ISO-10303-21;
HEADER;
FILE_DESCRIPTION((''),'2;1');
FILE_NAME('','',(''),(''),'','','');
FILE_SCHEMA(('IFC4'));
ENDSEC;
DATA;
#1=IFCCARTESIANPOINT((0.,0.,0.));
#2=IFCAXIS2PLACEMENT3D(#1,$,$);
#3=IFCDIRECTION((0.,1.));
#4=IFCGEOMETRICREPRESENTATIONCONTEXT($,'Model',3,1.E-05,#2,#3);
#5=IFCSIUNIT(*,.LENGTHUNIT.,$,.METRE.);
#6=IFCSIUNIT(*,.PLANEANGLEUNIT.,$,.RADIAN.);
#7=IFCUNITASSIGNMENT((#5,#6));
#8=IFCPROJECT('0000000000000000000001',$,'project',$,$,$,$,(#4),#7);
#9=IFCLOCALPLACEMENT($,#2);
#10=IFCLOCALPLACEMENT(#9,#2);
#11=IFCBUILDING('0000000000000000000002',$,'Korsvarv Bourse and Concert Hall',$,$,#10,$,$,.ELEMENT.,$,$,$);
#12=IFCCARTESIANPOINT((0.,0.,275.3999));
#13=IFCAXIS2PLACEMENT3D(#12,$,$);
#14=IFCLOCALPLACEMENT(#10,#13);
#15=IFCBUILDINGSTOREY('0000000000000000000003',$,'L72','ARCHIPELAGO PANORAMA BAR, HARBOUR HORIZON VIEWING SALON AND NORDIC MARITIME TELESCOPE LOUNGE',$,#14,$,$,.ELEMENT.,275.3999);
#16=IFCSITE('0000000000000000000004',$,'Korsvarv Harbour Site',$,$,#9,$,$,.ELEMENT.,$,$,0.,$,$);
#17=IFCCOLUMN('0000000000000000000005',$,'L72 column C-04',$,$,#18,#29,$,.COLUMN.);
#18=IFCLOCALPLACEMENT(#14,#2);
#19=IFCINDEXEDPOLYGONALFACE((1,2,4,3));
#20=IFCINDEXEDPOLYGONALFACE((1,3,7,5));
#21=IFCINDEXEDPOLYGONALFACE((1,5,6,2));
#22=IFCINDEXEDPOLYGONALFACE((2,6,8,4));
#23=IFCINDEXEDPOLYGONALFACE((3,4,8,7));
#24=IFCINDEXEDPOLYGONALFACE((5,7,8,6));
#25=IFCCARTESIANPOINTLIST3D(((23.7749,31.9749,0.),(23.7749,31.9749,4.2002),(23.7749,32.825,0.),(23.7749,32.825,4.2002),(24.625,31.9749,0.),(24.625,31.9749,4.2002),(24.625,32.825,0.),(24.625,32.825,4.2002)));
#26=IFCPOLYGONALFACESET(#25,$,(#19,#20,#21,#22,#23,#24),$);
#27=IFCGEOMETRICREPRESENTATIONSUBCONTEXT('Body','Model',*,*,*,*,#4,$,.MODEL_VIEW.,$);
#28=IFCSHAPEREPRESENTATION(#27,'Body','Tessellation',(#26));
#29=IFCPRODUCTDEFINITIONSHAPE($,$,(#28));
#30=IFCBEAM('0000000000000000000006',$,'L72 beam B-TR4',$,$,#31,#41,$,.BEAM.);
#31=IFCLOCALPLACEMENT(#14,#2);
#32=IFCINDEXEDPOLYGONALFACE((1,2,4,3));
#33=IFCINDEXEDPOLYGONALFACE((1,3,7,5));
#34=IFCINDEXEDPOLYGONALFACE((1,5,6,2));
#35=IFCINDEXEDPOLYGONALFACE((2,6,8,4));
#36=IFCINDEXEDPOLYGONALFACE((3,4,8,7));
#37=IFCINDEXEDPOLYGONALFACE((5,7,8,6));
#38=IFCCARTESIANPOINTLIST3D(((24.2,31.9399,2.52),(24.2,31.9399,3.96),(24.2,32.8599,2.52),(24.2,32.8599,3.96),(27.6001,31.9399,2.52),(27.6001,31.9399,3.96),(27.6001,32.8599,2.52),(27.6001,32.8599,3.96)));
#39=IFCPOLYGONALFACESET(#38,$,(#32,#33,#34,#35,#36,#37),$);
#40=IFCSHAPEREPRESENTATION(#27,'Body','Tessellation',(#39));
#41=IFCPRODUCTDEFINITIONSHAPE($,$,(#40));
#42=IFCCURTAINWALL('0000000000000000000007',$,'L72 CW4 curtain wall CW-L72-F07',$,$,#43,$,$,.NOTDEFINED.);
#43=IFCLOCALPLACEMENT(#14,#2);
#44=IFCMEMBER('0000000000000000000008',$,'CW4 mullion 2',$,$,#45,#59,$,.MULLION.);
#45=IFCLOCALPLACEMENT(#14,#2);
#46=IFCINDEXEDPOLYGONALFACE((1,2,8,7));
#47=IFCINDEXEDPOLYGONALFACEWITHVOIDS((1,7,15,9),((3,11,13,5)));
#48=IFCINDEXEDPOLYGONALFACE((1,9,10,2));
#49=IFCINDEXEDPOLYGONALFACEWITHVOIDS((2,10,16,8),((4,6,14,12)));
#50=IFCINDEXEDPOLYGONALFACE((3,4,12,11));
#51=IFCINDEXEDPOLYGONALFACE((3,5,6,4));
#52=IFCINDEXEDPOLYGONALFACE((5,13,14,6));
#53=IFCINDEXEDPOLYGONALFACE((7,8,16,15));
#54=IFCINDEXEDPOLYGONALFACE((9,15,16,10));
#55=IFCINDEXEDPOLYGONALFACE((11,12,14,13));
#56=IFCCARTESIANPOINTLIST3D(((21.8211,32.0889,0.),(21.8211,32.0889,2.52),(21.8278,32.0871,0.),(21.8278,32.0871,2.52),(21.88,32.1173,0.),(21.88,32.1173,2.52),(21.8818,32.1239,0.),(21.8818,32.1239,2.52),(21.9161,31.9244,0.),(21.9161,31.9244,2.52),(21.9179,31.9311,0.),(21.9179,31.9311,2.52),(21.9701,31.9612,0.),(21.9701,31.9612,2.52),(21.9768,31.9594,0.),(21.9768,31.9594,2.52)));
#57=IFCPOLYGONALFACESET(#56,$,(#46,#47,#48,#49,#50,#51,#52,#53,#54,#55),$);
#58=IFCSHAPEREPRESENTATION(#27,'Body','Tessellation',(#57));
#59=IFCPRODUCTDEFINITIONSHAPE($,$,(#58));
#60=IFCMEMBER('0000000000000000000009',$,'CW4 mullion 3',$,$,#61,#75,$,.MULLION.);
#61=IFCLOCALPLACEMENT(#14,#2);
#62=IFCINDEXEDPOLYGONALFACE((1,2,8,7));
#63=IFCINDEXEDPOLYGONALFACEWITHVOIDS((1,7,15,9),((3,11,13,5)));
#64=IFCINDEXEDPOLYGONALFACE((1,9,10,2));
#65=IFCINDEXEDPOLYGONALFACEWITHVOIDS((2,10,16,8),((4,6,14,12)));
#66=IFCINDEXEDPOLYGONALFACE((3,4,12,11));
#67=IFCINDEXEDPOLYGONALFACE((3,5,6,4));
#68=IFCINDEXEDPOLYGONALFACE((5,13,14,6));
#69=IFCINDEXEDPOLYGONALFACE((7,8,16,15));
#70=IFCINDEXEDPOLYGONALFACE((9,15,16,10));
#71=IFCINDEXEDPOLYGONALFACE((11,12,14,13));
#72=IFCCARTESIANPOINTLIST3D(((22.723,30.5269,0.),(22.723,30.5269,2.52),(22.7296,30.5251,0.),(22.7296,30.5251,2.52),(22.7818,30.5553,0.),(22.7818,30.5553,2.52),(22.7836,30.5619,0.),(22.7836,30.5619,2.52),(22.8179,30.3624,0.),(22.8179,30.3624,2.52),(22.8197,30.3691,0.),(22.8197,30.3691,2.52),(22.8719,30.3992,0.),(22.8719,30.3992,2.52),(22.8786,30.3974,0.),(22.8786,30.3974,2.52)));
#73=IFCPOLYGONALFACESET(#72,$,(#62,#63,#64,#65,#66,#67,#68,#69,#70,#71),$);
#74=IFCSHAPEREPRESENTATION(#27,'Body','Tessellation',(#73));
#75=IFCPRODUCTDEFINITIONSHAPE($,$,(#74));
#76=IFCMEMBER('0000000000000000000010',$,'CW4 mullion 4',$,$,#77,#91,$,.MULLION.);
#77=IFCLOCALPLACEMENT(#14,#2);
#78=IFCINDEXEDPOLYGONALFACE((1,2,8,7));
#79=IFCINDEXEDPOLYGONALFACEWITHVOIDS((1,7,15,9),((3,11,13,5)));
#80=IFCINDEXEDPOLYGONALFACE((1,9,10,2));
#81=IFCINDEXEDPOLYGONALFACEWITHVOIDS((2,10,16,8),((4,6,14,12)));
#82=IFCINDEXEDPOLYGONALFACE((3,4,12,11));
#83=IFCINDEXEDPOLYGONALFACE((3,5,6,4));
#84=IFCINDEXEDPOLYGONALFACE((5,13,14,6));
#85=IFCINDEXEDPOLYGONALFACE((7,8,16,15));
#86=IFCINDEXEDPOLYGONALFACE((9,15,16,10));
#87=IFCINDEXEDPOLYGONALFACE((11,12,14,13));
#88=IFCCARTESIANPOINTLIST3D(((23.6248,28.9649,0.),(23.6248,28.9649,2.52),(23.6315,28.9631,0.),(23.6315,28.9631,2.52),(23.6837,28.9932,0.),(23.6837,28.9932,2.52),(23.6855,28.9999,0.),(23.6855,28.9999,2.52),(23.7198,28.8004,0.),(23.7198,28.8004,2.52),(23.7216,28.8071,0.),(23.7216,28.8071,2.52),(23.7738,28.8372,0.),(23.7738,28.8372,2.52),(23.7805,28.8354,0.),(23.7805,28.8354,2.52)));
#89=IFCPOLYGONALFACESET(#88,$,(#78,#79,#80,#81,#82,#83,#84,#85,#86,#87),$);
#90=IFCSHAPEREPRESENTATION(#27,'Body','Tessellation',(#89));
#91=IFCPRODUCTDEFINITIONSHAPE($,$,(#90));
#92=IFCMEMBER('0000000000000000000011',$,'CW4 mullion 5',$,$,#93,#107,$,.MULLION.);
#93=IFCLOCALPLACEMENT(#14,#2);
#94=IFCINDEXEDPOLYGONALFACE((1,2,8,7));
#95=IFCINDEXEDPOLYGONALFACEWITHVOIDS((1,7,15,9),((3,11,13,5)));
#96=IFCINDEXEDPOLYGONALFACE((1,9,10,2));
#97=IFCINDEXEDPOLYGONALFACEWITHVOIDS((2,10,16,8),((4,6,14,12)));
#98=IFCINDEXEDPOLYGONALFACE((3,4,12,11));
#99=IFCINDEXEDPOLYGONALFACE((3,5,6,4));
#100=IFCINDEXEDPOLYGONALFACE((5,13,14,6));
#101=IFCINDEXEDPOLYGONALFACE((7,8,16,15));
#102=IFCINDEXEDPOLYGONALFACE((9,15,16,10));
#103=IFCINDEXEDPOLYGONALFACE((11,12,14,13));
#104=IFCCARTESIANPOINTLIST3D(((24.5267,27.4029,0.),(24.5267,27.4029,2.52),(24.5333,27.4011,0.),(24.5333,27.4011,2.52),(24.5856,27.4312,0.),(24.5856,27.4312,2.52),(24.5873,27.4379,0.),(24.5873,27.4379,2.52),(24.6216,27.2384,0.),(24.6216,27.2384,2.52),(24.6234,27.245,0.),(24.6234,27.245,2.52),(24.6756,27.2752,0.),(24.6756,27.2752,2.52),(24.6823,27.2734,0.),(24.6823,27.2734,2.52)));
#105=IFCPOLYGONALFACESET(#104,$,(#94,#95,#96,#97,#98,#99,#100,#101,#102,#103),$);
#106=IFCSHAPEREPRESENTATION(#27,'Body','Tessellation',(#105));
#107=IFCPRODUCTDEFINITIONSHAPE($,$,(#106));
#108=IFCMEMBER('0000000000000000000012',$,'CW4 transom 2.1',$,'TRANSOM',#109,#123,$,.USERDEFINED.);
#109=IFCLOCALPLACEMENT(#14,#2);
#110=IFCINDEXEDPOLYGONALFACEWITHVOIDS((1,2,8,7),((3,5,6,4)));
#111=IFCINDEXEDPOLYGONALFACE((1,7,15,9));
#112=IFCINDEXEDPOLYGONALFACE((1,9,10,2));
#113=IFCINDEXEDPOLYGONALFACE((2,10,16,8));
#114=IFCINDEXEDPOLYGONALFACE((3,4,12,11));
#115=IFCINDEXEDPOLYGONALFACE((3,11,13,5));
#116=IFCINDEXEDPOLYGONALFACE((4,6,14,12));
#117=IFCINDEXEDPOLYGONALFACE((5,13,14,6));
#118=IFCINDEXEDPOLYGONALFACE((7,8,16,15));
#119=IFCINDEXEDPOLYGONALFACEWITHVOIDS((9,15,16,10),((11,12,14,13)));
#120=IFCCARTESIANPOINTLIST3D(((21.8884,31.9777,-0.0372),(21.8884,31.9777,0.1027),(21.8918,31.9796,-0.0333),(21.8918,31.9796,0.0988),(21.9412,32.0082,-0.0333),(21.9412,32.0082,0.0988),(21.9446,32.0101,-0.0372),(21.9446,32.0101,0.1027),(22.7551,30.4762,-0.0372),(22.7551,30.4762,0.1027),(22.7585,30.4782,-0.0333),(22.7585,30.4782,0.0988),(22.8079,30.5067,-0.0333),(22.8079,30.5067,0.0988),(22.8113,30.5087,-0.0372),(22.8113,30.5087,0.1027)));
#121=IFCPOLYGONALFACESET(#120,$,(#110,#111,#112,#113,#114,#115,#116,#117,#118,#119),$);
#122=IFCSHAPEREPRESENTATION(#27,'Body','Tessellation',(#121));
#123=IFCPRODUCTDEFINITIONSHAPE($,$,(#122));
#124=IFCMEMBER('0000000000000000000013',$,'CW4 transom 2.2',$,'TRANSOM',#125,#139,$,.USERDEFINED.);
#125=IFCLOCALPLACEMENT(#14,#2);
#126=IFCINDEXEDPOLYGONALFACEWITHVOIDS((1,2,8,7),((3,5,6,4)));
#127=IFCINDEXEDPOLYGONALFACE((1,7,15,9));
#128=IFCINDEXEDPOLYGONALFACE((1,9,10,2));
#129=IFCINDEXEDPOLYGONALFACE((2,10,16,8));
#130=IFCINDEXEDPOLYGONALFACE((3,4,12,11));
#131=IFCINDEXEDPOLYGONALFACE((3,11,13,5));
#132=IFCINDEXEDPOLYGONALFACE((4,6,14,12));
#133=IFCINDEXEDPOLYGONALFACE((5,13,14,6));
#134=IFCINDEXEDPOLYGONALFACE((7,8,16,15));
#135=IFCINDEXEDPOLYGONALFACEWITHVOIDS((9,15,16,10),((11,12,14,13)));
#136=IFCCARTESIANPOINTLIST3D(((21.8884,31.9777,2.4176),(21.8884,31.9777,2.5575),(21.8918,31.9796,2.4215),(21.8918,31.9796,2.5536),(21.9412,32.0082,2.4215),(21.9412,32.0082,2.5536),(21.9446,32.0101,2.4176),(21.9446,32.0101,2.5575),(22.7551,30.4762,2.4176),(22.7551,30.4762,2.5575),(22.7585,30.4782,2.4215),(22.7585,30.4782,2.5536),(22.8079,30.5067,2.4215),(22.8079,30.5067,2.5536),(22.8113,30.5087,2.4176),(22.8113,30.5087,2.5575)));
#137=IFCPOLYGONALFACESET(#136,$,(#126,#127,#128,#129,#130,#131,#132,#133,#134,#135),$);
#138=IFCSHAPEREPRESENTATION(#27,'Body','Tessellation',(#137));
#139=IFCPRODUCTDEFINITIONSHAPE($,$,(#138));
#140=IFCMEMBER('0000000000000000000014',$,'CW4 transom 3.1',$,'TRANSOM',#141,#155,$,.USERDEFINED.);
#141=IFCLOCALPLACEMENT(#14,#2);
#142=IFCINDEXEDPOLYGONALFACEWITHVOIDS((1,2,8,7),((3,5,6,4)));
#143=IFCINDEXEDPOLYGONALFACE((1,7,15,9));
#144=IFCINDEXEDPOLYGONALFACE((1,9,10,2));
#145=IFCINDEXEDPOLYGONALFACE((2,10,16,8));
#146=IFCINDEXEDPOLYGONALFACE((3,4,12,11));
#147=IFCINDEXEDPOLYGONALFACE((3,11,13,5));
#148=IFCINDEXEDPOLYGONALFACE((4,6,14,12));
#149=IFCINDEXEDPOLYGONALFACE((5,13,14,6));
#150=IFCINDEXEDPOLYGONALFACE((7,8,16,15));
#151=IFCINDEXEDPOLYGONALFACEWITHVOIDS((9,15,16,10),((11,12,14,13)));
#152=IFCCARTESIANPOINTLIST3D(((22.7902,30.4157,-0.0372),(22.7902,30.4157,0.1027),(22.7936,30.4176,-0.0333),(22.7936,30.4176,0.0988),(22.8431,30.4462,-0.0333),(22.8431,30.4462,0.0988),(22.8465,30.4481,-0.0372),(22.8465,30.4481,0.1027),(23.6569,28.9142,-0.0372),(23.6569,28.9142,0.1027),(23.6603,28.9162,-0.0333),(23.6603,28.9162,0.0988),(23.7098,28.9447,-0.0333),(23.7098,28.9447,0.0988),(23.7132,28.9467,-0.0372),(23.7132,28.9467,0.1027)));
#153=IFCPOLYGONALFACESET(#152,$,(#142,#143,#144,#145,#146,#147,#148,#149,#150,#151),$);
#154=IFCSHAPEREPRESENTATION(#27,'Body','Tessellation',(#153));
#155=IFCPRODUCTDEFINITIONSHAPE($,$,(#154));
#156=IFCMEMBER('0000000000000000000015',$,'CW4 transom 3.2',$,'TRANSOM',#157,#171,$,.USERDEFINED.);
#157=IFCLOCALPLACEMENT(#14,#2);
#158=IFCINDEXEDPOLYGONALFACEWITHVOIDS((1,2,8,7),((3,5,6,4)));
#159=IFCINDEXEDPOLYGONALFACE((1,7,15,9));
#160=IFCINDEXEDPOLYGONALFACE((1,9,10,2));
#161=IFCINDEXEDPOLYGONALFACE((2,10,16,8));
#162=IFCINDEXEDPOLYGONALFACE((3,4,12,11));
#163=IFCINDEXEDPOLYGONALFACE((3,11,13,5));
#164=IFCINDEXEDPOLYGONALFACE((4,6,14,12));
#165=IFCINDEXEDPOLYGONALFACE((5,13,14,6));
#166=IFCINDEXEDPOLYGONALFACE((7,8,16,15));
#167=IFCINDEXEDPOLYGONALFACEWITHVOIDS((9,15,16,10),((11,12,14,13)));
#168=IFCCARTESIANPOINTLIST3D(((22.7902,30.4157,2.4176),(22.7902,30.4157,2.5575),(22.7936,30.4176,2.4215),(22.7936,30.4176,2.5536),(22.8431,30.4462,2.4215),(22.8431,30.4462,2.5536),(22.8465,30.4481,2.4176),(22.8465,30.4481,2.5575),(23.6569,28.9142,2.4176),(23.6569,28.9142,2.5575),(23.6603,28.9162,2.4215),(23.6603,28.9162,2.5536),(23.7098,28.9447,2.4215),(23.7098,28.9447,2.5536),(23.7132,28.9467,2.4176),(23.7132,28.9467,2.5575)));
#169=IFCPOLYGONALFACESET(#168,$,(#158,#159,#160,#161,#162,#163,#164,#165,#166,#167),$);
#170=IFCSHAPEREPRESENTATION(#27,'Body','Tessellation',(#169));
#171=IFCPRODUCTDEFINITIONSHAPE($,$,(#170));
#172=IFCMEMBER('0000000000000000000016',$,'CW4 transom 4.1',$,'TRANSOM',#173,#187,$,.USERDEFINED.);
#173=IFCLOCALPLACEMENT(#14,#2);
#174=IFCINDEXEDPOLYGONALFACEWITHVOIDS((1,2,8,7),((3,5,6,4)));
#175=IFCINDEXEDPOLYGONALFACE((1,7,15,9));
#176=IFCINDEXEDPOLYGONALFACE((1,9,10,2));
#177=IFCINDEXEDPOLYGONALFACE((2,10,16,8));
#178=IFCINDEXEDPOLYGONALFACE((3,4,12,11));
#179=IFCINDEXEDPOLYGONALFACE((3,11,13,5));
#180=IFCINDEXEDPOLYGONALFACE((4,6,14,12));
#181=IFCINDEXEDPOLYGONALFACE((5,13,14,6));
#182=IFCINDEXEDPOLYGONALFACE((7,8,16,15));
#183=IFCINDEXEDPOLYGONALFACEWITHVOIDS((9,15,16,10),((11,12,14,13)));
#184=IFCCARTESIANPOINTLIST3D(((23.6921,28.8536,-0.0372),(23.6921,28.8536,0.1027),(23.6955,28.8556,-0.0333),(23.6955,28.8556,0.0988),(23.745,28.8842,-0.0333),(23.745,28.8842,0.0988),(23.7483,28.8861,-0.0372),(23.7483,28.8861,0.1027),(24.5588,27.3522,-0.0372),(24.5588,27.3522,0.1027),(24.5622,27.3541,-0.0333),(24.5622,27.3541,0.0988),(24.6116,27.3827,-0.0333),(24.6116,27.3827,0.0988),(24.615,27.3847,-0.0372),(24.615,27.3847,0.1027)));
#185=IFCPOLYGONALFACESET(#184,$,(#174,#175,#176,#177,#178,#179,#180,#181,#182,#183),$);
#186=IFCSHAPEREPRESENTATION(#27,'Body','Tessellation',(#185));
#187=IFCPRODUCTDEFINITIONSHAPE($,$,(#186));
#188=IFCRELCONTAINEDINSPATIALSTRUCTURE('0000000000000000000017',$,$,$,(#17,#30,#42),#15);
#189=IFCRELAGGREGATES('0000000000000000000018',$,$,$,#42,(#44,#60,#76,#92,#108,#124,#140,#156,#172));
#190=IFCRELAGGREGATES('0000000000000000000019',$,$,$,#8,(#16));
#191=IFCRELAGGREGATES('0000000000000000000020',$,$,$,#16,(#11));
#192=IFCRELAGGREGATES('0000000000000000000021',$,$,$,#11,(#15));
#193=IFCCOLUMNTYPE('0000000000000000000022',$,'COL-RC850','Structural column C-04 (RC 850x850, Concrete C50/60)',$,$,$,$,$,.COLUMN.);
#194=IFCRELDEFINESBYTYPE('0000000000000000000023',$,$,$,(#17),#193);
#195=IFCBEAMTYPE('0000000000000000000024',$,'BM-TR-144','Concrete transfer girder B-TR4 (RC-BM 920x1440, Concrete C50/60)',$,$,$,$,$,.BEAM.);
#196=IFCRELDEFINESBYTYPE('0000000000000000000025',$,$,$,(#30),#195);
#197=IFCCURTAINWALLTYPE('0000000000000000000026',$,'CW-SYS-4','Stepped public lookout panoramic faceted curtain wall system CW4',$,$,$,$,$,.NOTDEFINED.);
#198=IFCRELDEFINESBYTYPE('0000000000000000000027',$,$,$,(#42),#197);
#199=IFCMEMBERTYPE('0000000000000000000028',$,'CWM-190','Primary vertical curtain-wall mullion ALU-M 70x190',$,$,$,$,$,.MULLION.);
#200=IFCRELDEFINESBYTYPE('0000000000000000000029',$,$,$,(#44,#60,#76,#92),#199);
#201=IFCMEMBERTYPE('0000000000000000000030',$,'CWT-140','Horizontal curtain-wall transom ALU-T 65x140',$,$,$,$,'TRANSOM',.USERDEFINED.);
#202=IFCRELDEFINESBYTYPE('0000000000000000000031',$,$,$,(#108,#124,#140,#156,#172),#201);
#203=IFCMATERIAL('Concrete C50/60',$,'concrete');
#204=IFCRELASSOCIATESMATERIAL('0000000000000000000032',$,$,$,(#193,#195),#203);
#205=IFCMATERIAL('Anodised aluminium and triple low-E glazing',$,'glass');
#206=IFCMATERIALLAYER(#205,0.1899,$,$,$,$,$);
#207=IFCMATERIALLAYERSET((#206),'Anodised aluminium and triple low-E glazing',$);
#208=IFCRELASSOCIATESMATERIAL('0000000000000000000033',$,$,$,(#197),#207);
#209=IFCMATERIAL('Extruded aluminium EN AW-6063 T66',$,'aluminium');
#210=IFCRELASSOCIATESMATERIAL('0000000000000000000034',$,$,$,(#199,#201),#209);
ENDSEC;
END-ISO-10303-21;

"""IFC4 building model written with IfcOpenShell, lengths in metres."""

from ifc_helpers import new_model, si_unit, direction, frame, origin, origin_2d, place, context, subcontext, project, spatial, rectangle, hollow_rectangle, extrude, source, transform, mapped, material, layer, layer_set, material_profile, profile_set, type_object, element, aggregate, save


model = new_model("IFC4")

# Units and contexts
model_context = context("Model", 3, precision=1e-05, world=origin(), true_north=direction((0.0, 1.0)))
body_context = subcontext(model_context, "Body", "Model", "MODEL_VIEW")
ifc_project = project(units=[si_unit("LENGTHUNIT", "METRE"), si_unit("PLANEANGLEUNIT", "RADIAN")], contexts=[model_context])

# Site, building, storey
site_placement = place(None, origin())
site = spatial("IfcSite", under=ifc_project, at=site_placement, Name="Korsvarv Harbour Site", CompositionType="ELEMENT", RefElevation=0.0)
building_placement = place(site_placement, origin())
building = spatial("IfcBuilding", under=site, at=building_placement, Name="Korsvarv Bourse and Concert Hall", CompositionType="ELEMENT")
storey_placement = place(building_placement, frame((0.0, 0.0, 275.3999)))
storey = spatial("IfcBuildingStorey", under=building, at=storey_placement, Name="L72", Description="ARCHIPELAGO PANORAMA BAR, HARBOUR HORIZON VIEWING SALON AND NORDIC MARITIME TELESCOPE LOUNGE", CompositionType="ELEMENT", Elevation=275.3999)

# Column
ifc_material_1 = material(Name="Concrete C50/60", Category="concrete")
ifc_material_profile_1 = material_profile(ifc_material_1, rectangle(XDim=0.8501, YDim=0.8501, at=origin_2d()), Name="RC 850x850")
ifc_profile_set_1 = profile_set([ifc_material_profile_1], Name="Concrete C50/60")
column_type = type_object("IfcColumnType", Name="COL-RC850", Description="Structural column C-04 (RC 850x850, Concrete C50/60)", PredefinedType="COLUMN", material=ifc_profile_set_1)
shared_shape_1 = source(origin(), body_context, "Body", "SweptSolid", [
    extrude(rectangle(XDim=0.8501, YDim=0.8501, at=origin_2d()), origin(), (0.0, 0.0, 1.0), 4.2002),
])
column_placement = place(storey_placement, frame((24.2, 32.3999, 0.0), z_axis=(0.0, 0.0, 1.0), x_axis=(1.0, 0.0, 0.0)))
element("IfcColumn", 1, at=column_placement, inside=storey, type_object=column_type, Name="L72 column C-04", PredefinedType="COLUMN", context=body_context, shape_type="MappedRepresentation", body=[
    mapped(shared_shape_1, transform((0.0, 0.0, 0.0), scale=1.0)),
])

# Beam
ifc_material_profile_2 = material_profile(ifc_material_1, rectangle(XDim=0.9199, YDim=1.4399, at=origin_2d()), Name="RC-BM 920x1440")
ifc_profile_set_2 = profile_set([ifc_material_profile_2], Name="Concrete C50/60")
beam_type = type_object("IfcBeamType", Name="BM-TR-144", Description="Concrete transfer girder B-TR4 (RC-BM 920x1440, Concrete C50/60)", PredefinedType="BEAM", material=ifc_profile_set_2)
shared_shape_2 = source(origin(), body_context, "Body", "SweptSolid", [
    extrude(rectangle(XDim=0.9199, YDim=1.4399, at=origin_2d()), origin(), (0.0, 0.0, 1.0), 3.4001),
])
beam_placement = place(storey_placement, frame((24.2, 32.3999, 3.24), z_axis=(1.0, 0.0, 0.0), x_axis=(0.0, 1.0, 0.0)))
element("IfcBeam", 2, at=beam_placement, inside=storey, type_object=beam_type, Name="L72 beam B-TR4", PredefinedType="BEAM", context=body_context, shape_type="MappedRepresentation", body=[
    mapped(shared_shape_2, transform((0.0, 0.0, 0.0), scale=1.0)),
])

# Curtain wall, members
ifc_material_2 = material(Name="Anodised aluminium and triple low-E glazing", Category="glass")
ifc_layer_1 = layer(ifc_material_2, 0.1899)
ifc_layer_set_1 = layer_set([ifc_layer_1], Name="Anodised aluminium and triple low-E glazing")
curtain_wall_type = type_object("IfcCurtainWallType", Name="CW-SYS-4", Description="Stepped public lookout panoramic faceted curtain wall system CW4", PredefinedType="NOTDEFINED", material=ifc_layer_set_1)
curtain_wall_placement = place(storey_placement, origin())
curtain_wall = element("IfcCurtainWall", 3, at=curtain_wall_placement, inside=storey, type_object=curtain_wall_type, Name="L72 CW4 curtain wall CW-L72-F07", PredefinedType="NOTDEFINED")
ifc_material_3 = material(Name="Extruded aluminium EN AW-6063 T66", Category="aluminium")
ifc_material_profile_3 = material_profile(ifc_material_3, hollow_rectangle(XDim=0.0701, YDim=0.1899, WallThickness=0.0049, at=origin_2d()), Name="ALU-M 70x190")
ifc_profile_set_3 = profile_set([ifc_material_profile_3], Name="Extruded aluminium EN AW-6063 T66")
member_type_1 = type_object("IfcMemberType", Name="CWM-190", Description="Primary vertical curtain-wall mullion ALU-M 70x190", PredefinedType="MULLION", material=ifc_profile_set_3)
shared_shape_3 = source(origin(), body_context, "Body", "SweptSolid", [
    extrude(hollow_rectangle(XDim=0.0701, YDim=0.1899, WallThickness=0.0049, at=origin_2d()), origin(), (0.0, 0.0, 1.0), 2.52),
])
member_1_placement = place(storey_placement, frame((21.8989, 32.0242, 0.0), z_axis=(0.0, 0.0, 1.0), x_axis=(0.866023, 0.500004, 0.0)))
member_1 = element("IfcMember", 4, at=member_1_placement, type_object=member_type_1, Name="CW4 mullion 2", PredefinedType="MULLION", context=body_context, shape_type="MappedRepresentation", body=[
    mapped(shared_shape_3, transform((0.0, 0.0, 0.0), scale=1.0)),
])
member_2_placement = place(storey_placement, frame((22.8008, 30.4622, 0.0), z_axis=(0.0, 0.0, 1.0), x_axis=(0.866023, 0.500004, 0.0)))
member_2 = element("IfcMember", 5, at=member_2_placement, type_object=member_type_1, Name="CW4 mullion 3", PredefinedType="MULLION", context=body_context, shape_type="MappedRepresentation", body=[
    mapped(shared_shape_3, transform((0.0, 0.0, 0.0), scale=1.0)),
])
member_3_placement = place(storey_placement, frame((23.7026, 28.9001, 0.0), z_axis=(0.0, 0.0, 1.0), x_axis=(0.866023, 0.500004, 0.0)))
member_3 = element("IfcMember", 6, at=member_3_placement, type_object=member_type_1, Name="CW4 mullion 4", PredefinedType="MULLION", context=body_context, shape_type="MappedRepresentation", body=[
    mapped(shared_shape_3, transform((0.0, 0.0, 0.0), scale=1.0)),
])
member_4_placement = place(storey_placement, frame((24.6045, 27.3381, 0.0), z_axis=(0.0, 0.0, 1.0), x_axis=(0.866023, 0.500004, 0.0)))
member_4 = element("IfcMember", 7, at=member_4_placement, type_object=member_type_1, Name="CW4 mullion 5", PredefinedType="MULLION", context=body_context, shape_type="MappedRepresentation", body=[
    mapped(shared_shape_3, transform((0.0, 0.0, 0.0), scale=1.0)),
])
ifc_material_profile_4 = material_profile(ifc_material_3, hollow_rectangle(XDim=0.0649, YDim=0.1399, WallThickness=0.0039, at=origin_2d()), Name="ALU-T 65x140")
ifc_profile_set_4 = profile_set([ifc_material_profile_4], Name="Extruded aluminium EN AW-6063 T66")
member_type_2 = type_object("IfcMemberType", Name="CWT-140", Description="Horizontal curtain-wall transom ALU-T 65x140", ElementType="TRANSOM", PredefinedType="USERDEFINED", material=ifc_profile_set_4)
shared_shape_4 = source(origin(), body_context, "Body", "SweptSolid", [
    extrude(hollow_rectangle(XDim=0.0649, YDim=0.1399, WallThickness=0.0039, at=origin_2d()), origin(), (0.0, 0.0, 1.0), 1.7336),
])
member_5_placement = place(storey_placement, frame((21.9165, 31.9939, 0.0327), z_axis=(0.499926, -0.866068, 0.0), x_axis=(0.866068, 0.499926, 0.0)))
member_5 = element("IfcMember", 8, at=member_5_placement, type_object=member_type_2, Name="CW4 transom 2.1", ObjectType="TRANSOM", PredefinedType="USERDEFINED", context=body_context, shape_type="MappedRepresentation", body=[
    mapped(shared_shape_4, transform((0.0, 0.0, 0.0), scale=1.0)),
])
member_6_placement = place(storey_placement, frame((21.9165, 31.9939, 2.4875), z_axis=(0.499926, -0.866068, 0.0), x_axis=(0.866068, 0.499926, 0.0)))
member_6 = element("IfcMember", 9, at=member_6_placement, type_object=member_type_2, Name="CW4 transom 2.2", ObjectType="TRANSOM", PredefinedType="USERDEFINED", context=body_context, shape_type="MappedRepresentation", body=[
    mapped(shared_shape_4, transform((0.0, 0.0, 0.0), scale=1.0)),
])
member_7_placement = place(storey_placement, frame((22.8184, 30.4319, 0.0327), z_axis=(0.499926, -0.866068, 0.0), x_axis=(0.866068, 0.499926, 0.0)))
member_7 = element("IfcMember", 10, at=member_7_placement, type_object=member_type_2, Name="CW4 transom 3.1", ObjectType="TRANSOM", PredefinedType="USERDEFINED", context=body_context, shape_type="MappedRepresentation", body=[
    mapped(shared_shape_4, transform((0.0, 0.0, 0.0), scale=1.0)),
])
member_8_placement = place(storey_placement, frame((22.8184, 30.4319, 2.4875), z_axis=(0.499926, -0.866068, 0.0), x_axis=(0.866068, 0.499926, 0.0)))
member_8 = element("IfcMember", 11, at=member_8_placement, type_object=member_type_2, Name="CW4 transom 3.2", ObjectType="TRANSOM", PredefinedType="USERDEFINED", context=body_context, shape_type="MappedRepresentation", body=[
    mapped(shared_shape_4, transform((0.0, 0.0, 0.0), scale=1.0)),
])
member_9_placement = place(storey_placement, frame((23.7202, 28.8699, 0.0327), z_axis=(0.499926, -0.866068, 0.0), x_axis=(0.866068, 0.499926, 0.0)))
member_9 = element("IfcMember", 12, at=member_9_placement, type_object=member_type_2, Name="CW4 transom 4.1", ObjectType="TRANSOM", PredefinedType="USERDEFINED", context=body_context, shape_type="MappedRepresentation", body=[
    mapped(shared_shape_4, transform((0.0, 0.0, 0.0), scale=1.0)),
])

aggregate(curtain_wall, [member_1, member_2, member_3, member_4, member_5, member_6, member_7, member_8, member_9])

save(model, "model.ifc")
